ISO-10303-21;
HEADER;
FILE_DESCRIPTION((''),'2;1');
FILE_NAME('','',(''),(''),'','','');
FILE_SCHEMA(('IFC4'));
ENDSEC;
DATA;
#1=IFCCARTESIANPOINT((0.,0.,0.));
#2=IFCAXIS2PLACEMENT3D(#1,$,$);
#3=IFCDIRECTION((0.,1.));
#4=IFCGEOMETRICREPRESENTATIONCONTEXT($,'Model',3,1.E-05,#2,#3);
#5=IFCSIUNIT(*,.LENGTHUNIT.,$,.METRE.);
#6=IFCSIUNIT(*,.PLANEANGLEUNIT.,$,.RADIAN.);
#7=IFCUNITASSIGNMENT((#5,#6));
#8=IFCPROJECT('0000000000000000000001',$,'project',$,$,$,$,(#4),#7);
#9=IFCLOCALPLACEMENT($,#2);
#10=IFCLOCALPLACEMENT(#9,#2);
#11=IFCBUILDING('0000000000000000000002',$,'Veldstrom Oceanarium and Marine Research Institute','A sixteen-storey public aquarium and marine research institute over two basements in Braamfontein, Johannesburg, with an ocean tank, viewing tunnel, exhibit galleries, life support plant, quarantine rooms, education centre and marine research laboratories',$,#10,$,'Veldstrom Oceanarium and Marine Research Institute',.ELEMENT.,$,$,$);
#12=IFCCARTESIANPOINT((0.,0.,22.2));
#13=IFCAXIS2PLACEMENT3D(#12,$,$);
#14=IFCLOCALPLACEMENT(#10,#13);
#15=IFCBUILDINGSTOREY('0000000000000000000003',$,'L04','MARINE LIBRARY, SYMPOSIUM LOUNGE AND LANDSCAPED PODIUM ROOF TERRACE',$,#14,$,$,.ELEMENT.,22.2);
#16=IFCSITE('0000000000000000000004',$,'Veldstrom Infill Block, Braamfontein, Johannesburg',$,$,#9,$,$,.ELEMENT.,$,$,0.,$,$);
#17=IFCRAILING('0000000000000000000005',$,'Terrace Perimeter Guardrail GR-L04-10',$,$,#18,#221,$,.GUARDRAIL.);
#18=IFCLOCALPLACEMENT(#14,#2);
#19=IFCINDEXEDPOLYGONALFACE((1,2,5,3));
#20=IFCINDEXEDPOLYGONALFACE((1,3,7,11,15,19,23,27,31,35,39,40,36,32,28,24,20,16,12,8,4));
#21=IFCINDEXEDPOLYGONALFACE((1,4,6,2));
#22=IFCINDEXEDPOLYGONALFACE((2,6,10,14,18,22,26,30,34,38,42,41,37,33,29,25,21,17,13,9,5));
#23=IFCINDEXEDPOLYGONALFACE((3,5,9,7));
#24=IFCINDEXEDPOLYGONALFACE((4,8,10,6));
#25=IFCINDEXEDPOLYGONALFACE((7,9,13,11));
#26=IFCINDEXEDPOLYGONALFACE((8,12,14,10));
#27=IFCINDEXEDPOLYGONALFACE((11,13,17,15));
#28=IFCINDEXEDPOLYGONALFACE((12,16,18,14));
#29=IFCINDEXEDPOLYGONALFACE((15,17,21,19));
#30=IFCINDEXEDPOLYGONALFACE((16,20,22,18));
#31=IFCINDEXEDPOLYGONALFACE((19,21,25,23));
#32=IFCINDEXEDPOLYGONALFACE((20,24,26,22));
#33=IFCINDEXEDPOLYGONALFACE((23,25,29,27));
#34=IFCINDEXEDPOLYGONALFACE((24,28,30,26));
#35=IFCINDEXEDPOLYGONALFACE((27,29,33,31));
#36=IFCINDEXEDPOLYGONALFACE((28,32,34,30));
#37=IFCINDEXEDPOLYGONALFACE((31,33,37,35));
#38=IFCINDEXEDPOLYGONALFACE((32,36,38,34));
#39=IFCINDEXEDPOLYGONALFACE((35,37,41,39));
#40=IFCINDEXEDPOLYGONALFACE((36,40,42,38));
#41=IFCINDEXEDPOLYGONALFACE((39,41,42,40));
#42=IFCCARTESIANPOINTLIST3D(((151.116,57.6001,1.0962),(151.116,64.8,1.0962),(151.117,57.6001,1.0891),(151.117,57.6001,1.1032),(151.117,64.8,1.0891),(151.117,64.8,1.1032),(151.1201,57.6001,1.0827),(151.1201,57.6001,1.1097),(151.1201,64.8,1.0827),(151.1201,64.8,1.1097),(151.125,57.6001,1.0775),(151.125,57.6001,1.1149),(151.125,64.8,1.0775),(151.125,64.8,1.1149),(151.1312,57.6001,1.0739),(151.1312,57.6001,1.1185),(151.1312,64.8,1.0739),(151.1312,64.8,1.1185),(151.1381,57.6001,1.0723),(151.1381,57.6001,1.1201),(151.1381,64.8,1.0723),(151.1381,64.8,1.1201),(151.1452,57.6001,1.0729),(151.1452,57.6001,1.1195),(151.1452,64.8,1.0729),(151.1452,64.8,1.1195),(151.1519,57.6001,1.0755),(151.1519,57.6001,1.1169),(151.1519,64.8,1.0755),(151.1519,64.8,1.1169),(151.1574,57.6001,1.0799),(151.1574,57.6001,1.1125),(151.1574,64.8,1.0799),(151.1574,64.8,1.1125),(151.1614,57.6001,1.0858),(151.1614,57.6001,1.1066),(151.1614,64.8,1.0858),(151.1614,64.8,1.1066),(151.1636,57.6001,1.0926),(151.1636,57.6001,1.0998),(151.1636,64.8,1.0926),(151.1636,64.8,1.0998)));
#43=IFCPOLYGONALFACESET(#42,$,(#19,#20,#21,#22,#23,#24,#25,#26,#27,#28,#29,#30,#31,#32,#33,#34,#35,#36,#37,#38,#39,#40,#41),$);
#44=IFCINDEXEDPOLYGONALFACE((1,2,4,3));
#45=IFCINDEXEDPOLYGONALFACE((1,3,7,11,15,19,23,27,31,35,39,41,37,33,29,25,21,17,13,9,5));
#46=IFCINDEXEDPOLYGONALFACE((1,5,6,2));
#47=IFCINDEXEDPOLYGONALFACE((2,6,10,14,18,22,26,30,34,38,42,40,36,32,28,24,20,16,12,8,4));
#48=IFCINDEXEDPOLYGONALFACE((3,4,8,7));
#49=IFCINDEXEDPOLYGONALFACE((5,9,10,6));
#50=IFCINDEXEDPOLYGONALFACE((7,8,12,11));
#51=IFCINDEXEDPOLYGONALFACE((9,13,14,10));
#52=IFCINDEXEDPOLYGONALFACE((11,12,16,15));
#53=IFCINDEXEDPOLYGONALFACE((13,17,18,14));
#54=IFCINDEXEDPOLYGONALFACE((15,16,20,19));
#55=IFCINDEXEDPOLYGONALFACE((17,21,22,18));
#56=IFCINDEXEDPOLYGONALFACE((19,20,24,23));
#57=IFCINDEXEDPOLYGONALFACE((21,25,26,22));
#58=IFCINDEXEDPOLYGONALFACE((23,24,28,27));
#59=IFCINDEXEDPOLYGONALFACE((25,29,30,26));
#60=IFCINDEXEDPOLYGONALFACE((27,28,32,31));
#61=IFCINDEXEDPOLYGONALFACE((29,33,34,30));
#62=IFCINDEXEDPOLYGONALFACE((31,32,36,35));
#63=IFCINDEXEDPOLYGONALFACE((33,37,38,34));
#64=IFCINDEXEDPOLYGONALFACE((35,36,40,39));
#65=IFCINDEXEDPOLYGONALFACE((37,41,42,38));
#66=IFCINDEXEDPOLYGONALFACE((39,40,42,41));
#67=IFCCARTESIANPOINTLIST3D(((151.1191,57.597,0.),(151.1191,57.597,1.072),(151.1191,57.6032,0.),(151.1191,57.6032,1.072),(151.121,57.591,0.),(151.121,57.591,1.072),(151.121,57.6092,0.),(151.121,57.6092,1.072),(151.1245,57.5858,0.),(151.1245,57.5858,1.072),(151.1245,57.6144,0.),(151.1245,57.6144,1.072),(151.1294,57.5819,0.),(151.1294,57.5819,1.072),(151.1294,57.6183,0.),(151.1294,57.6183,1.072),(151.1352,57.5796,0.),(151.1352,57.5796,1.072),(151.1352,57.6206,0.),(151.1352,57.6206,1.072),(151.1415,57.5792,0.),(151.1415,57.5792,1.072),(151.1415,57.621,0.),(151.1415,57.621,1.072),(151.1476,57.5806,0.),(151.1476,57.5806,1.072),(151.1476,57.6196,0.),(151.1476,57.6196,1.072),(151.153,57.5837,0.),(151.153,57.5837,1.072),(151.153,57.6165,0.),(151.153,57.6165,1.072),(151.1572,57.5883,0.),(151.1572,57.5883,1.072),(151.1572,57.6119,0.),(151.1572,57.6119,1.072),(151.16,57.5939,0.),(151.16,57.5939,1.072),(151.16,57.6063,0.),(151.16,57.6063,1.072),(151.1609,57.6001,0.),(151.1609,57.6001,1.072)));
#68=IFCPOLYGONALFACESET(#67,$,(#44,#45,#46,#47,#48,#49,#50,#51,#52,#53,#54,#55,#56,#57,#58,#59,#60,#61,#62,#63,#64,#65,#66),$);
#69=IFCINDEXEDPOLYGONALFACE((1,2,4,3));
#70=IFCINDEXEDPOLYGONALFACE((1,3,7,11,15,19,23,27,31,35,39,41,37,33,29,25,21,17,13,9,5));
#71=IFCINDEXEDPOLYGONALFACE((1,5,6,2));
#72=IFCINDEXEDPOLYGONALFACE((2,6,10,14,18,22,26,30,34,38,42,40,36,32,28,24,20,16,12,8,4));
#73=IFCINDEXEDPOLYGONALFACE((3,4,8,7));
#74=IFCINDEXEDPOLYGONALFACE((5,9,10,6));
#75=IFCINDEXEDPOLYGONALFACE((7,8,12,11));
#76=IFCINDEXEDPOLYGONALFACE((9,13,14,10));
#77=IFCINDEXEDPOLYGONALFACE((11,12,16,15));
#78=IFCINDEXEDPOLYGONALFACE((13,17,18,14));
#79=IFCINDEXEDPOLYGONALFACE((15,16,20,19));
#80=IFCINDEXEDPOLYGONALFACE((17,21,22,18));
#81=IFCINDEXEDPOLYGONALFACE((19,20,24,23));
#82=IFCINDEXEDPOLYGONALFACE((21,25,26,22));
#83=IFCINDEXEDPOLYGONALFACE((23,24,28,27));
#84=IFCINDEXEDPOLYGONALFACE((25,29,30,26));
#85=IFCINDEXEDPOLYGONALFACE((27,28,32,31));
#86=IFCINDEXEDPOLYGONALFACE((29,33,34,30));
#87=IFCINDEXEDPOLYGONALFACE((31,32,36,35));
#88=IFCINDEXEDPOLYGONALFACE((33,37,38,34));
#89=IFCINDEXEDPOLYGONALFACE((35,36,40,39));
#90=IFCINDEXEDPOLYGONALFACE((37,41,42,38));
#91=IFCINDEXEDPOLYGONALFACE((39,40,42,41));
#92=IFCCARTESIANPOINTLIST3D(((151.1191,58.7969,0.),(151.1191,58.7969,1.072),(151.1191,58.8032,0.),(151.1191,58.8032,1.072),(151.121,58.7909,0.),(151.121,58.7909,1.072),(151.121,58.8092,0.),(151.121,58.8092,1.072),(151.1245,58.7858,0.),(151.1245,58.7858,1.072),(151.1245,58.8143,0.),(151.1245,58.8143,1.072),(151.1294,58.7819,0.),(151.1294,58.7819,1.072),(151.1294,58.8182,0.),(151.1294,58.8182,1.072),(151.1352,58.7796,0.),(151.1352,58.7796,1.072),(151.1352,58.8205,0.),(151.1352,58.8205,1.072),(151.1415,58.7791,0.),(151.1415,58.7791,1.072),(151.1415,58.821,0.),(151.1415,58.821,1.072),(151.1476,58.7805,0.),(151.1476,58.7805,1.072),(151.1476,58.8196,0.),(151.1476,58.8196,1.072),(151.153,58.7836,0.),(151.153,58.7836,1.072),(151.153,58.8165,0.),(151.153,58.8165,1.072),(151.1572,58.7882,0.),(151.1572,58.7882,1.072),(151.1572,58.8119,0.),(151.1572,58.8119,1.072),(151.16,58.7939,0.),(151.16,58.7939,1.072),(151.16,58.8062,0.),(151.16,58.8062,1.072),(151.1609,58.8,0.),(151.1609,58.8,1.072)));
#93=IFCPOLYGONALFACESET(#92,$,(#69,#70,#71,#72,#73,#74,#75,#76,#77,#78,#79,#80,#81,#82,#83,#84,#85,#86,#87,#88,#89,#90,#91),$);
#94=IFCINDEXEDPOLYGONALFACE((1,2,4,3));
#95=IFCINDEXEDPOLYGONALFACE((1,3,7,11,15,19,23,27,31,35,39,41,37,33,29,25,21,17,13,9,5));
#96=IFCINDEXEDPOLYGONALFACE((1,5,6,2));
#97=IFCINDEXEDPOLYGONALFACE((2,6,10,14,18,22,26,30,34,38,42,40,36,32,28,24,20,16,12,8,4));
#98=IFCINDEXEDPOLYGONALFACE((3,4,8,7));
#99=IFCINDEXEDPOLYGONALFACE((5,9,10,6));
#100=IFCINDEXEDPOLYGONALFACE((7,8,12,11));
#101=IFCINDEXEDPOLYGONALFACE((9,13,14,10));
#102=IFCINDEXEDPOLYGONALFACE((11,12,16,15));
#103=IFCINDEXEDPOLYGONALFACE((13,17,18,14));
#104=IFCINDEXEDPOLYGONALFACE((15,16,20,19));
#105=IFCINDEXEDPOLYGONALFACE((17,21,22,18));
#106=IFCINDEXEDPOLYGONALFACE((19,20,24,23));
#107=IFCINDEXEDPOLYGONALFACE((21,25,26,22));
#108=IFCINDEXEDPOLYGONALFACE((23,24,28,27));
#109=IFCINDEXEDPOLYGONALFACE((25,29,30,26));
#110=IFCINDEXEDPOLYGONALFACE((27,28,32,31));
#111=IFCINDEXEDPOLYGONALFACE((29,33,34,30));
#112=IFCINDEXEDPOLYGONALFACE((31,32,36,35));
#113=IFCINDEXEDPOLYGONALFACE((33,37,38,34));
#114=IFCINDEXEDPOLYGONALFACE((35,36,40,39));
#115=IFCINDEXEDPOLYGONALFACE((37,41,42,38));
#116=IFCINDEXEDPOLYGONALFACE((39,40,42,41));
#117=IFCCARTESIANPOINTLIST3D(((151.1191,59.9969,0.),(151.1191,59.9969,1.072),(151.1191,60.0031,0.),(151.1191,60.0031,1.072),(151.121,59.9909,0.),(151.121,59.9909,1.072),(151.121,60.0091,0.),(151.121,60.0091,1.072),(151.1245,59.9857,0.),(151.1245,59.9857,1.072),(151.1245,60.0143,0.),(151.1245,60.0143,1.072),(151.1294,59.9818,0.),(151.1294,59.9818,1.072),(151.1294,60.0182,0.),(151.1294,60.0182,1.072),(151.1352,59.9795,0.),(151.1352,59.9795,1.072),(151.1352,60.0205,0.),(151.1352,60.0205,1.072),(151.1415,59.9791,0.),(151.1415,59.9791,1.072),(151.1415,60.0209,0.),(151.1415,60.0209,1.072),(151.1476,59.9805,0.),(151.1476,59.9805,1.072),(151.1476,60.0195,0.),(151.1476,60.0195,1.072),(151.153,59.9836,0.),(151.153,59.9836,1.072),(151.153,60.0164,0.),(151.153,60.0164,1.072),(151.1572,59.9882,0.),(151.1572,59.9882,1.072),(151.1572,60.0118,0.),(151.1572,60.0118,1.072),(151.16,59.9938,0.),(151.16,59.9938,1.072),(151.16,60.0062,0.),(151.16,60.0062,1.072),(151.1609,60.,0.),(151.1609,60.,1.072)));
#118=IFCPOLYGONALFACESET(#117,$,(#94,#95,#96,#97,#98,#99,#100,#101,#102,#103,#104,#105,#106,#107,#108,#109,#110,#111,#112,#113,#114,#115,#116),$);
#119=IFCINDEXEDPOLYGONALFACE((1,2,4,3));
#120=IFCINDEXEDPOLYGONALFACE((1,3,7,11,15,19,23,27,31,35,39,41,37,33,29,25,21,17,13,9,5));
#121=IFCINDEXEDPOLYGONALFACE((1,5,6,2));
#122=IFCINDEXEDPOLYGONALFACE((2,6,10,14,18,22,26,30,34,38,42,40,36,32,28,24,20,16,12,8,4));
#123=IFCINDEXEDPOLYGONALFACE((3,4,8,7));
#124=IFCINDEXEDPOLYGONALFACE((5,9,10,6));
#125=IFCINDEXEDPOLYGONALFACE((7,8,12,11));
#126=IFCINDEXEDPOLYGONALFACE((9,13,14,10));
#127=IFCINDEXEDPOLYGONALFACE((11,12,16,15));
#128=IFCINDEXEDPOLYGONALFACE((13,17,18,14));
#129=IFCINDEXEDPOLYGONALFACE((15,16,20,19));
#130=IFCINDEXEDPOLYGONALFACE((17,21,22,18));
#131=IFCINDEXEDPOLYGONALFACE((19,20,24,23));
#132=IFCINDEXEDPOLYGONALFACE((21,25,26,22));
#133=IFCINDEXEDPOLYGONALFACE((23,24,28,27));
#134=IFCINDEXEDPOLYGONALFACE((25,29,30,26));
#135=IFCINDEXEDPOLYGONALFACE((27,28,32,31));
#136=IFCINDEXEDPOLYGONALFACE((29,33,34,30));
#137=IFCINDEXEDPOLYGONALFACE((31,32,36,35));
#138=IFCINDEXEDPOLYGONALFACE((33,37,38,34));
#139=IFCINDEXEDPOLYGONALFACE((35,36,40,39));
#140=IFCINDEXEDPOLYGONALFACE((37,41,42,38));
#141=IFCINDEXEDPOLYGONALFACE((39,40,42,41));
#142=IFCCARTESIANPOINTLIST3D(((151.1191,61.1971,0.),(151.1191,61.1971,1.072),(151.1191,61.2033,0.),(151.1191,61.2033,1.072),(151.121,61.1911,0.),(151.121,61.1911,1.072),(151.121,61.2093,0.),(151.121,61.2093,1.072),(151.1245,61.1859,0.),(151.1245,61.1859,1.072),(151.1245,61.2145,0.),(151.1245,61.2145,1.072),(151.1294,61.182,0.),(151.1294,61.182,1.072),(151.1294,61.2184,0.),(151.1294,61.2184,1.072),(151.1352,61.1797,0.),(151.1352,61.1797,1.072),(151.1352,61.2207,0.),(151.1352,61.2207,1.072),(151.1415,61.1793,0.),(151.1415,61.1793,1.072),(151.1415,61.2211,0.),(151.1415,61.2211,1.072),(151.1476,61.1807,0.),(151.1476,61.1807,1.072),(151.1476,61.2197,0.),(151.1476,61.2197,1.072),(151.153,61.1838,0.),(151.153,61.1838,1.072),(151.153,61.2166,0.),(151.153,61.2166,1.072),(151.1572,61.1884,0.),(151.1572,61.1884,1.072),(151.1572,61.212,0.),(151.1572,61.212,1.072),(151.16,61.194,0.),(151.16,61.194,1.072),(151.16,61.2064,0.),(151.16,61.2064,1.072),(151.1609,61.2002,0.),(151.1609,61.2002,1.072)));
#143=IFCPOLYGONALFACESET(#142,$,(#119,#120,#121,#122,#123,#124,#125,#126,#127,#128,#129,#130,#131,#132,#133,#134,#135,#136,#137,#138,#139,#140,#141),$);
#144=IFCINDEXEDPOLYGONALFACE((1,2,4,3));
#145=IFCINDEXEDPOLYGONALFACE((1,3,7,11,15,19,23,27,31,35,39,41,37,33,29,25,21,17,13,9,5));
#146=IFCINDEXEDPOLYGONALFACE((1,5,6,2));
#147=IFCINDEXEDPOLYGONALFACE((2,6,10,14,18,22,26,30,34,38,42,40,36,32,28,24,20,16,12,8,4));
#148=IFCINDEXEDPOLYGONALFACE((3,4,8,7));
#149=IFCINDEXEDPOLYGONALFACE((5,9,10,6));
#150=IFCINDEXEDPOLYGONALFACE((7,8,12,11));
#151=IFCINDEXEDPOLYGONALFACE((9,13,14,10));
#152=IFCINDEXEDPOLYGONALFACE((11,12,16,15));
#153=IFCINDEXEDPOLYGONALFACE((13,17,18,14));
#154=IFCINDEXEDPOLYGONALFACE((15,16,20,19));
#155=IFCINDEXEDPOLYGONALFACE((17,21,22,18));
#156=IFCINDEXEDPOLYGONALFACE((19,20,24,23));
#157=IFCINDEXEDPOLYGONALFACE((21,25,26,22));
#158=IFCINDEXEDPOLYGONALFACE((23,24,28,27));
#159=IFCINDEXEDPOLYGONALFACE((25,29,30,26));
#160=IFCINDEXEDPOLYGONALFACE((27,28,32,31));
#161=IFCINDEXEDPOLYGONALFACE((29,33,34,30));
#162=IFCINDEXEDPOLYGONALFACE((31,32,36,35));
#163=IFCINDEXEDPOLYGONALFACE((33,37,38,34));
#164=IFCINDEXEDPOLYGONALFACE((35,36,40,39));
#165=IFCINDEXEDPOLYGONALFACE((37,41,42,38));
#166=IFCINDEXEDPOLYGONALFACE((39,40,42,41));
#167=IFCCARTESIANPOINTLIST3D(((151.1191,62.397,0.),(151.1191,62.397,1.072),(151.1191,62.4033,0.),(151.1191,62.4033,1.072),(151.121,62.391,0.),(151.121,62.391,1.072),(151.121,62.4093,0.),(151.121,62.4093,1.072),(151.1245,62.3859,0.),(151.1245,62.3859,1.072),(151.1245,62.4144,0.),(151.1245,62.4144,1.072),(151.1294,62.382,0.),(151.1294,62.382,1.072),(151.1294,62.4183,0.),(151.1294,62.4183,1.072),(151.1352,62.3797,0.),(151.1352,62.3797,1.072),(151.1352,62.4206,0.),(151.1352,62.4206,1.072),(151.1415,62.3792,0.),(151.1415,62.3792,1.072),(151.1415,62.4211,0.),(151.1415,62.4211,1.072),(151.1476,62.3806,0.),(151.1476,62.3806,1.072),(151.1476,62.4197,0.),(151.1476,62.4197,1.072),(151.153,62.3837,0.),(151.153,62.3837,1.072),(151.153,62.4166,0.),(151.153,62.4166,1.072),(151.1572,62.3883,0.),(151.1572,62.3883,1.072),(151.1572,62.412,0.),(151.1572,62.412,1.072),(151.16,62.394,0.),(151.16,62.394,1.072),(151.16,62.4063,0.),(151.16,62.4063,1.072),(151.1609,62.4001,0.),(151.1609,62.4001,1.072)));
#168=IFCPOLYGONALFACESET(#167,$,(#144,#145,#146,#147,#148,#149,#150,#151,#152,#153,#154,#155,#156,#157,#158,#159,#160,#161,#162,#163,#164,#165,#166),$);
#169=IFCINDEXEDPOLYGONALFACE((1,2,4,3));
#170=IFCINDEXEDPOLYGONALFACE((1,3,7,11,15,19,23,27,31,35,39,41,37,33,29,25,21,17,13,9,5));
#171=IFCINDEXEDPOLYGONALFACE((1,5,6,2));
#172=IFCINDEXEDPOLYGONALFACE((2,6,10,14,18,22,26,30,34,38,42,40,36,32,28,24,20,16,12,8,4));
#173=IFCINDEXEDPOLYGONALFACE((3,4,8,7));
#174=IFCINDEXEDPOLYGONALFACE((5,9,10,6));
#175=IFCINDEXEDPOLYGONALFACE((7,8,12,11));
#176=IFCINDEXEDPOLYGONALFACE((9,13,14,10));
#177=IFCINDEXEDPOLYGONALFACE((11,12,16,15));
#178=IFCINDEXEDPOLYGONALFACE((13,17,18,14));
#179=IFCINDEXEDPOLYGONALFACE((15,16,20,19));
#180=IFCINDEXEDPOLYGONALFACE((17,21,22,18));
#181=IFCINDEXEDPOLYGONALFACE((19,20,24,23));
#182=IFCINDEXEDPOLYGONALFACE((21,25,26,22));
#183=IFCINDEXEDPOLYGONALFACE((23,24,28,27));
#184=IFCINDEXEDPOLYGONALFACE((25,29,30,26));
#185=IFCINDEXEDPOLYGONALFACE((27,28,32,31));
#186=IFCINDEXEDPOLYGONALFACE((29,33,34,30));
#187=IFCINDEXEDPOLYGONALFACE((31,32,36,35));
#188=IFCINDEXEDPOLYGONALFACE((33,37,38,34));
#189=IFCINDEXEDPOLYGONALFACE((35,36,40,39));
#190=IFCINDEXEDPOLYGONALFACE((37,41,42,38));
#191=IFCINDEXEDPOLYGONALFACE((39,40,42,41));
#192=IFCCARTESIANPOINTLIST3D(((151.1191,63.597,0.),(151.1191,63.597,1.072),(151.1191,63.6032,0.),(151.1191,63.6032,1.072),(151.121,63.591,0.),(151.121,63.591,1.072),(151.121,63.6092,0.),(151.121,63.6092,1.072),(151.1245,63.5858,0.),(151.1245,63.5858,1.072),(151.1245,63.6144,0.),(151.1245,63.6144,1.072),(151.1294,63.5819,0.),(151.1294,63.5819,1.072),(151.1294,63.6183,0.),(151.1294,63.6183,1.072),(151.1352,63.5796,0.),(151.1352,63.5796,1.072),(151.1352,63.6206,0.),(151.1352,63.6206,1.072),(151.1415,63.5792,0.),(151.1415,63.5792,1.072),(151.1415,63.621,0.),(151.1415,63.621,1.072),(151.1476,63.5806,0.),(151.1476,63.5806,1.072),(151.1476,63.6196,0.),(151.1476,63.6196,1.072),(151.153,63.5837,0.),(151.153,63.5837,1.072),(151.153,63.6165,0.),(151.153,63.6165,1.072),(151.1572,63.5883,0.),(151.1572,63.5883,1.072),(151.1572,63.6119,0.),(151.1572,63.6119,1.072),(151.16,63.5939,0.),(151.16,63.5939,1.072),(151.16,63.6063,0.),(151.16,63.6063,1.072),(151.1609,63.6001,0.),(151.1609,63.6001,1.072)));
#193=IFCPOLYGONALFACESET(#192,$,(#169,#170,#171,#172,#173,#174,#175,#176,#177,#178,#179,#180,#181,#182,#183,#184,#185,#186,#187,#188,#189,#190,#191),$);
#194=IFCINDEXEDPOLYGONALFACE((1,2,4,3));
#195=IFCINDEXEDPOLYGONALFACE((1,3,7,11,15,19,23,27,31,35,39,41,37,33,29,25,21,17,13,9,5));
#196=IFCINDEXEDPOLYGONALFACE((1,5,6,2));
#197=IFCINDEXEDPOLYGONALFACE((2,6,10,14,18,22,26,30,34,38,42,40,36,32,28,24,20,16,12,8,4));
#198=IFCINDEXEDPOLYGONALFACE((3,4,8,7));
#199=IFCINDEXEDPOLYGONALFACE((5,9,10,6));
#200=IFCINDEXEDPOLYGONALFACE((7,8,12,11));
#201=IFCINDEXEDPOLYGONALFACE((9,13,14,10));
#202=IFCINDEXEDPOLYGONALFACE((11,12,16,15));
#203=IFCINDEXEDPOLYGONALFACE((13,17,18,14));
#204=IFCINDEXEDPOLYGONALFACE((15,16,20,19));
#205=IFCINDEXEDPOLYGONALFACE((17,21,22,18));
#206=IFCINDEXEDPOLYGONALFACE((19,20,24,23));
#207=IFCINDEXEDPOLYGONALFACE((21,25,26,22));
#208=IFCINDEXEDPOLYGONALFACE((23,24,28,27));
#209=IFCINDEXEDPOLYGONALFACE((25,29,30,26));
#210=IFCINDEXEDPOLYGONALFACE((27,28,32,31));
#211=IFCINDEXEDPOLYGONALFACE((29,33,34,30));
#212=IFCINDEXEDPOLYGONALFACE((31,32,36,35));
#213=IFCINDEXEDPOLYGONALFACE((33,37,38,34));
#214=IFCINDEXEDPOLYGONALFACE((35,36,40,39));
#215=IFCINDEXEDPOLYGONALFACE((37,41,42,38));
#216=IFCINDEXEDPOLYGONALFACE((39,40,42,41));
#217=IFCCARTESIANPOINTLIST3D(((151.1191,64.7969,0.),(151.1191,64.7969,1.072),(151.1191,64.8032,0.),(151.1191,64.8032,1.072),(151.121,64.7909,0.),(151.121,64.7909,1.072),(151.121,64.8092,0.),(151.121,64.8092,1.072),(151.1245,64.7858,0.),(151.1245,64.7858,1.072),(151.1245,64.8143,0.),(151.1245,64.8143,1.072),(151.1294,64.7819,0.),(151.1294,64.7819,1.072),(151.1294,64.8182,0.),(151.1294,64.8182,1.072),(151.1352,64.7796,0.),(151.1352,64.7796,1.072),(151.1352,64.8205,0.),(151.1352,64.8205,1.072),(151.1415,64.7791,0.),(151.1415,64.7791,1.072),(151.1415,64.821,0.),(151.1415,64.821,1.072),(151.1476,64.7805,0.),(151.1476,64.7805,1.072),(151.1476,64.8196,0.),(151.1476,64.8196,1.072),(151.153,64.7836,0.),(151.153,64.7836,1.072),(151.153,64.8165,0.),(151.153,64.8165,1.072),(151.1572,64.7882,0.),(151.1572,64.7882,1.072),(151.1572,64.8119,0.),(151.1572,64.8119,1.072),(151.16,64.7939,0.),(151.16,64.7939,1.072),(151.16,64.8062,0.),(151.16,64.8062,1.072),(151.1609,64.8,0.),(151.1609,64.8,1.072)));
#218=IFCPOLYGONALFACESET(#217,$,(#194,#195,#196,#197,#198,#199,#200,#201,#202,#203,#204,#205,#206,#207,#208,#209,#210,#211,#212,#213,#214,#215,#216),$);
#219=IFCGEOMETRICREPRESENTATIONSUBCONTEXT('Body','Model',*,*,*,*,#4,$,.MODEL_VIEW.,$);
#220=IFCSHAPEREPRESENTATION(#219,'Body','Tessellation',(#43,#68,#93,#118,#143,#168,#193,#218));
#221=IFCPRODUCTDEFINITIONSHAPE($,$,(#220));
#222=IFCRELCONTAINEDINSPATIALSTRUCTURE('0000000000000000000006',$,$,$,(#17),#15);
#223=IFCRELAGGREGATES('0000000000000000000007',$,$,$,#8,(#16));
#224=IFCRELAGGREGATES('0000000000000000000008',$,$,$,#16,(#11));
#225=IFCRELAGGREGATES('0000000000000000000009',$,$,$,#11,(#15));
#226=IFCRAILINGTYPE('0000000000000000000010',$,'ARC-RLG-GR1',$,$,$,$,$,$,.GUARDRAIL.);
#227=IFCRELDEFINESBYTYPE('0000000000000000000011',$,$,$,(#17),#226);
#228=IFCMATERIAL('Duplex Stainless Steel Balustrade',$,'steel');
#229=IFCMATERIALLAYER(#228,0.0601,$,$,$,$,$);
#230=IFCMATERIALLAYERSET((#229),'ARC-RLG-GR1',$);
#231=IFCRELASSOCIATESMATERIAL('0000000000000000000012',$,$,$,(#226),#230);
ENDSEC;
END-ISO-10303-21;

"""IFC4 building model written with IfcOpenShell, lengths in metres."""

from ifc_helpers import new_model, si_unit, direction, frame, origin, origin_2d, place, context, subcontext, project, spatial, circle, extrude, material, layer, layer_set, type_object, element, save


model = new_model("IFC4")

# Units and contexts
model_context = context("Model", 3, precision=1e-05, world=origin(), true_north=direction((0.0, 1.0)))
body_context = subcontext(model_context, "Body", "Model", "MODEL_VIEW")
ifc_project = project(units=[si_unit("LENGTHUNIT", "METRE"), si_unit("PLANEANGLEUNIT", "RADIAN")], contexts=[model_context])

# Site, building, storey
site_placement = place(None, origin())
site = spatial("IfcSite", under=ifc_project, at=site_placement, Name="Veldstrom Infill Block, Braamfontein, Johannesburg", CompositionType="ELEMENT", RefElevation=0.0)
building_placement = place(site_placement, origin())
building = spatial("IfcBuilding", under=site, at=building_placement, Name="Veldstrom Oceanarium and Marine Research Institute", Description="A sixteen-storey public aquarium and marine research institute over two basements in Braamfontein, Johannesburg, with an ocean tank, viewing tunnel, exhibit galleries, life support plant, quarantine rooms, education centre and marine research laboratories", LongName="Veldstrom Oceanarium and Marine Research Institute", CompositionType="ELEMENT")
storey_placement = place(building_placement, frame((0.0, 0.0, 22.2)))
storey = spatial("IfcBuildingStorey", under=building, at=storey_placement, Name="L04", Description="MARINE LIBRARY, SYMPOSIUM LOUNGE AND LANDSCAPED PODIUM ROOF TERRACE", CompositionType="ELEMENT", Elevation=22.2)

# Railing
ifc_material_1 = material(Name="Duplex Stainless Steel Balustrade", Category="steel")
ifc_layer_1 = layer(ifc_material_1, 0.0601)
ifc_layer_set_1 = layer_set([ifc_layer_1], Name="ARC-RLG-GR1")
railing_type = type_object("IfcRailingType", Name="ARC-RLG-GR1", PredefinedType="GUARDRAIL", material=ifc_layer_set_1)
railing_1_placement = place(storey_placement, frame((151.1399, 57.6001, 0.0)))
element("IfcRailing", 1, at=railing_1_placement, inside=storey, type_object=railing_type, Name="Terrace Perimeter Guardrail GR-L04-10", PredefinedType="GUARDRAIL", context=body_context, shape_type="SweptSolid", body=[
    extrude(circle(Radius=0.0239, at=origin_2d()), frame((0.0, 0.0, 1.0962), z_axis=(0.0, 1.0, 0.0), x_axis=(-1.0, 0.0, 0.0)), (0.0, 0.0, 1.0), 7.2),
    extrude(circle(Radius=0.021, at=origin_2d()), origin(), (0.0, 0.0, 1.0), 1.072),
    extrude(circle(Radius=0.021, at=origin_2d()), frame((0.0, 1.2, 0.0)), (0.0, 0.0, 1.0), 1.072),
    extrude(circle(Radius=0.021, at=origin_2d()), frame((0.0, 2.3999, 0.0)), (0.0, 0.0, 1.0), 1.072),
    extrude(circle(Radius=0.021, at=origin_2d()), frame((0.0, 3.6001, 0.0)), (0.0, 0.0, 1.0), 1.072),
    extrude(circle(Radius=0.021, at=origin_2d()), frame((0.0, 4.8, 0.0)), (0.0, 0.0, 1.0), 1.072),
    extrude(circle(Radius=0.021, at=origin_2d()), frame((0.0, 6.0, 0.0)), (0.0, 0.0, 1.0), 1.072),
    extrude(circle(Radius=0.021, at=origin_2d()), frame((0.0, 7.2, 0.0)), (0.0, 0.0, 1.0), 1.072),
])

save(model, "model.ifc")
